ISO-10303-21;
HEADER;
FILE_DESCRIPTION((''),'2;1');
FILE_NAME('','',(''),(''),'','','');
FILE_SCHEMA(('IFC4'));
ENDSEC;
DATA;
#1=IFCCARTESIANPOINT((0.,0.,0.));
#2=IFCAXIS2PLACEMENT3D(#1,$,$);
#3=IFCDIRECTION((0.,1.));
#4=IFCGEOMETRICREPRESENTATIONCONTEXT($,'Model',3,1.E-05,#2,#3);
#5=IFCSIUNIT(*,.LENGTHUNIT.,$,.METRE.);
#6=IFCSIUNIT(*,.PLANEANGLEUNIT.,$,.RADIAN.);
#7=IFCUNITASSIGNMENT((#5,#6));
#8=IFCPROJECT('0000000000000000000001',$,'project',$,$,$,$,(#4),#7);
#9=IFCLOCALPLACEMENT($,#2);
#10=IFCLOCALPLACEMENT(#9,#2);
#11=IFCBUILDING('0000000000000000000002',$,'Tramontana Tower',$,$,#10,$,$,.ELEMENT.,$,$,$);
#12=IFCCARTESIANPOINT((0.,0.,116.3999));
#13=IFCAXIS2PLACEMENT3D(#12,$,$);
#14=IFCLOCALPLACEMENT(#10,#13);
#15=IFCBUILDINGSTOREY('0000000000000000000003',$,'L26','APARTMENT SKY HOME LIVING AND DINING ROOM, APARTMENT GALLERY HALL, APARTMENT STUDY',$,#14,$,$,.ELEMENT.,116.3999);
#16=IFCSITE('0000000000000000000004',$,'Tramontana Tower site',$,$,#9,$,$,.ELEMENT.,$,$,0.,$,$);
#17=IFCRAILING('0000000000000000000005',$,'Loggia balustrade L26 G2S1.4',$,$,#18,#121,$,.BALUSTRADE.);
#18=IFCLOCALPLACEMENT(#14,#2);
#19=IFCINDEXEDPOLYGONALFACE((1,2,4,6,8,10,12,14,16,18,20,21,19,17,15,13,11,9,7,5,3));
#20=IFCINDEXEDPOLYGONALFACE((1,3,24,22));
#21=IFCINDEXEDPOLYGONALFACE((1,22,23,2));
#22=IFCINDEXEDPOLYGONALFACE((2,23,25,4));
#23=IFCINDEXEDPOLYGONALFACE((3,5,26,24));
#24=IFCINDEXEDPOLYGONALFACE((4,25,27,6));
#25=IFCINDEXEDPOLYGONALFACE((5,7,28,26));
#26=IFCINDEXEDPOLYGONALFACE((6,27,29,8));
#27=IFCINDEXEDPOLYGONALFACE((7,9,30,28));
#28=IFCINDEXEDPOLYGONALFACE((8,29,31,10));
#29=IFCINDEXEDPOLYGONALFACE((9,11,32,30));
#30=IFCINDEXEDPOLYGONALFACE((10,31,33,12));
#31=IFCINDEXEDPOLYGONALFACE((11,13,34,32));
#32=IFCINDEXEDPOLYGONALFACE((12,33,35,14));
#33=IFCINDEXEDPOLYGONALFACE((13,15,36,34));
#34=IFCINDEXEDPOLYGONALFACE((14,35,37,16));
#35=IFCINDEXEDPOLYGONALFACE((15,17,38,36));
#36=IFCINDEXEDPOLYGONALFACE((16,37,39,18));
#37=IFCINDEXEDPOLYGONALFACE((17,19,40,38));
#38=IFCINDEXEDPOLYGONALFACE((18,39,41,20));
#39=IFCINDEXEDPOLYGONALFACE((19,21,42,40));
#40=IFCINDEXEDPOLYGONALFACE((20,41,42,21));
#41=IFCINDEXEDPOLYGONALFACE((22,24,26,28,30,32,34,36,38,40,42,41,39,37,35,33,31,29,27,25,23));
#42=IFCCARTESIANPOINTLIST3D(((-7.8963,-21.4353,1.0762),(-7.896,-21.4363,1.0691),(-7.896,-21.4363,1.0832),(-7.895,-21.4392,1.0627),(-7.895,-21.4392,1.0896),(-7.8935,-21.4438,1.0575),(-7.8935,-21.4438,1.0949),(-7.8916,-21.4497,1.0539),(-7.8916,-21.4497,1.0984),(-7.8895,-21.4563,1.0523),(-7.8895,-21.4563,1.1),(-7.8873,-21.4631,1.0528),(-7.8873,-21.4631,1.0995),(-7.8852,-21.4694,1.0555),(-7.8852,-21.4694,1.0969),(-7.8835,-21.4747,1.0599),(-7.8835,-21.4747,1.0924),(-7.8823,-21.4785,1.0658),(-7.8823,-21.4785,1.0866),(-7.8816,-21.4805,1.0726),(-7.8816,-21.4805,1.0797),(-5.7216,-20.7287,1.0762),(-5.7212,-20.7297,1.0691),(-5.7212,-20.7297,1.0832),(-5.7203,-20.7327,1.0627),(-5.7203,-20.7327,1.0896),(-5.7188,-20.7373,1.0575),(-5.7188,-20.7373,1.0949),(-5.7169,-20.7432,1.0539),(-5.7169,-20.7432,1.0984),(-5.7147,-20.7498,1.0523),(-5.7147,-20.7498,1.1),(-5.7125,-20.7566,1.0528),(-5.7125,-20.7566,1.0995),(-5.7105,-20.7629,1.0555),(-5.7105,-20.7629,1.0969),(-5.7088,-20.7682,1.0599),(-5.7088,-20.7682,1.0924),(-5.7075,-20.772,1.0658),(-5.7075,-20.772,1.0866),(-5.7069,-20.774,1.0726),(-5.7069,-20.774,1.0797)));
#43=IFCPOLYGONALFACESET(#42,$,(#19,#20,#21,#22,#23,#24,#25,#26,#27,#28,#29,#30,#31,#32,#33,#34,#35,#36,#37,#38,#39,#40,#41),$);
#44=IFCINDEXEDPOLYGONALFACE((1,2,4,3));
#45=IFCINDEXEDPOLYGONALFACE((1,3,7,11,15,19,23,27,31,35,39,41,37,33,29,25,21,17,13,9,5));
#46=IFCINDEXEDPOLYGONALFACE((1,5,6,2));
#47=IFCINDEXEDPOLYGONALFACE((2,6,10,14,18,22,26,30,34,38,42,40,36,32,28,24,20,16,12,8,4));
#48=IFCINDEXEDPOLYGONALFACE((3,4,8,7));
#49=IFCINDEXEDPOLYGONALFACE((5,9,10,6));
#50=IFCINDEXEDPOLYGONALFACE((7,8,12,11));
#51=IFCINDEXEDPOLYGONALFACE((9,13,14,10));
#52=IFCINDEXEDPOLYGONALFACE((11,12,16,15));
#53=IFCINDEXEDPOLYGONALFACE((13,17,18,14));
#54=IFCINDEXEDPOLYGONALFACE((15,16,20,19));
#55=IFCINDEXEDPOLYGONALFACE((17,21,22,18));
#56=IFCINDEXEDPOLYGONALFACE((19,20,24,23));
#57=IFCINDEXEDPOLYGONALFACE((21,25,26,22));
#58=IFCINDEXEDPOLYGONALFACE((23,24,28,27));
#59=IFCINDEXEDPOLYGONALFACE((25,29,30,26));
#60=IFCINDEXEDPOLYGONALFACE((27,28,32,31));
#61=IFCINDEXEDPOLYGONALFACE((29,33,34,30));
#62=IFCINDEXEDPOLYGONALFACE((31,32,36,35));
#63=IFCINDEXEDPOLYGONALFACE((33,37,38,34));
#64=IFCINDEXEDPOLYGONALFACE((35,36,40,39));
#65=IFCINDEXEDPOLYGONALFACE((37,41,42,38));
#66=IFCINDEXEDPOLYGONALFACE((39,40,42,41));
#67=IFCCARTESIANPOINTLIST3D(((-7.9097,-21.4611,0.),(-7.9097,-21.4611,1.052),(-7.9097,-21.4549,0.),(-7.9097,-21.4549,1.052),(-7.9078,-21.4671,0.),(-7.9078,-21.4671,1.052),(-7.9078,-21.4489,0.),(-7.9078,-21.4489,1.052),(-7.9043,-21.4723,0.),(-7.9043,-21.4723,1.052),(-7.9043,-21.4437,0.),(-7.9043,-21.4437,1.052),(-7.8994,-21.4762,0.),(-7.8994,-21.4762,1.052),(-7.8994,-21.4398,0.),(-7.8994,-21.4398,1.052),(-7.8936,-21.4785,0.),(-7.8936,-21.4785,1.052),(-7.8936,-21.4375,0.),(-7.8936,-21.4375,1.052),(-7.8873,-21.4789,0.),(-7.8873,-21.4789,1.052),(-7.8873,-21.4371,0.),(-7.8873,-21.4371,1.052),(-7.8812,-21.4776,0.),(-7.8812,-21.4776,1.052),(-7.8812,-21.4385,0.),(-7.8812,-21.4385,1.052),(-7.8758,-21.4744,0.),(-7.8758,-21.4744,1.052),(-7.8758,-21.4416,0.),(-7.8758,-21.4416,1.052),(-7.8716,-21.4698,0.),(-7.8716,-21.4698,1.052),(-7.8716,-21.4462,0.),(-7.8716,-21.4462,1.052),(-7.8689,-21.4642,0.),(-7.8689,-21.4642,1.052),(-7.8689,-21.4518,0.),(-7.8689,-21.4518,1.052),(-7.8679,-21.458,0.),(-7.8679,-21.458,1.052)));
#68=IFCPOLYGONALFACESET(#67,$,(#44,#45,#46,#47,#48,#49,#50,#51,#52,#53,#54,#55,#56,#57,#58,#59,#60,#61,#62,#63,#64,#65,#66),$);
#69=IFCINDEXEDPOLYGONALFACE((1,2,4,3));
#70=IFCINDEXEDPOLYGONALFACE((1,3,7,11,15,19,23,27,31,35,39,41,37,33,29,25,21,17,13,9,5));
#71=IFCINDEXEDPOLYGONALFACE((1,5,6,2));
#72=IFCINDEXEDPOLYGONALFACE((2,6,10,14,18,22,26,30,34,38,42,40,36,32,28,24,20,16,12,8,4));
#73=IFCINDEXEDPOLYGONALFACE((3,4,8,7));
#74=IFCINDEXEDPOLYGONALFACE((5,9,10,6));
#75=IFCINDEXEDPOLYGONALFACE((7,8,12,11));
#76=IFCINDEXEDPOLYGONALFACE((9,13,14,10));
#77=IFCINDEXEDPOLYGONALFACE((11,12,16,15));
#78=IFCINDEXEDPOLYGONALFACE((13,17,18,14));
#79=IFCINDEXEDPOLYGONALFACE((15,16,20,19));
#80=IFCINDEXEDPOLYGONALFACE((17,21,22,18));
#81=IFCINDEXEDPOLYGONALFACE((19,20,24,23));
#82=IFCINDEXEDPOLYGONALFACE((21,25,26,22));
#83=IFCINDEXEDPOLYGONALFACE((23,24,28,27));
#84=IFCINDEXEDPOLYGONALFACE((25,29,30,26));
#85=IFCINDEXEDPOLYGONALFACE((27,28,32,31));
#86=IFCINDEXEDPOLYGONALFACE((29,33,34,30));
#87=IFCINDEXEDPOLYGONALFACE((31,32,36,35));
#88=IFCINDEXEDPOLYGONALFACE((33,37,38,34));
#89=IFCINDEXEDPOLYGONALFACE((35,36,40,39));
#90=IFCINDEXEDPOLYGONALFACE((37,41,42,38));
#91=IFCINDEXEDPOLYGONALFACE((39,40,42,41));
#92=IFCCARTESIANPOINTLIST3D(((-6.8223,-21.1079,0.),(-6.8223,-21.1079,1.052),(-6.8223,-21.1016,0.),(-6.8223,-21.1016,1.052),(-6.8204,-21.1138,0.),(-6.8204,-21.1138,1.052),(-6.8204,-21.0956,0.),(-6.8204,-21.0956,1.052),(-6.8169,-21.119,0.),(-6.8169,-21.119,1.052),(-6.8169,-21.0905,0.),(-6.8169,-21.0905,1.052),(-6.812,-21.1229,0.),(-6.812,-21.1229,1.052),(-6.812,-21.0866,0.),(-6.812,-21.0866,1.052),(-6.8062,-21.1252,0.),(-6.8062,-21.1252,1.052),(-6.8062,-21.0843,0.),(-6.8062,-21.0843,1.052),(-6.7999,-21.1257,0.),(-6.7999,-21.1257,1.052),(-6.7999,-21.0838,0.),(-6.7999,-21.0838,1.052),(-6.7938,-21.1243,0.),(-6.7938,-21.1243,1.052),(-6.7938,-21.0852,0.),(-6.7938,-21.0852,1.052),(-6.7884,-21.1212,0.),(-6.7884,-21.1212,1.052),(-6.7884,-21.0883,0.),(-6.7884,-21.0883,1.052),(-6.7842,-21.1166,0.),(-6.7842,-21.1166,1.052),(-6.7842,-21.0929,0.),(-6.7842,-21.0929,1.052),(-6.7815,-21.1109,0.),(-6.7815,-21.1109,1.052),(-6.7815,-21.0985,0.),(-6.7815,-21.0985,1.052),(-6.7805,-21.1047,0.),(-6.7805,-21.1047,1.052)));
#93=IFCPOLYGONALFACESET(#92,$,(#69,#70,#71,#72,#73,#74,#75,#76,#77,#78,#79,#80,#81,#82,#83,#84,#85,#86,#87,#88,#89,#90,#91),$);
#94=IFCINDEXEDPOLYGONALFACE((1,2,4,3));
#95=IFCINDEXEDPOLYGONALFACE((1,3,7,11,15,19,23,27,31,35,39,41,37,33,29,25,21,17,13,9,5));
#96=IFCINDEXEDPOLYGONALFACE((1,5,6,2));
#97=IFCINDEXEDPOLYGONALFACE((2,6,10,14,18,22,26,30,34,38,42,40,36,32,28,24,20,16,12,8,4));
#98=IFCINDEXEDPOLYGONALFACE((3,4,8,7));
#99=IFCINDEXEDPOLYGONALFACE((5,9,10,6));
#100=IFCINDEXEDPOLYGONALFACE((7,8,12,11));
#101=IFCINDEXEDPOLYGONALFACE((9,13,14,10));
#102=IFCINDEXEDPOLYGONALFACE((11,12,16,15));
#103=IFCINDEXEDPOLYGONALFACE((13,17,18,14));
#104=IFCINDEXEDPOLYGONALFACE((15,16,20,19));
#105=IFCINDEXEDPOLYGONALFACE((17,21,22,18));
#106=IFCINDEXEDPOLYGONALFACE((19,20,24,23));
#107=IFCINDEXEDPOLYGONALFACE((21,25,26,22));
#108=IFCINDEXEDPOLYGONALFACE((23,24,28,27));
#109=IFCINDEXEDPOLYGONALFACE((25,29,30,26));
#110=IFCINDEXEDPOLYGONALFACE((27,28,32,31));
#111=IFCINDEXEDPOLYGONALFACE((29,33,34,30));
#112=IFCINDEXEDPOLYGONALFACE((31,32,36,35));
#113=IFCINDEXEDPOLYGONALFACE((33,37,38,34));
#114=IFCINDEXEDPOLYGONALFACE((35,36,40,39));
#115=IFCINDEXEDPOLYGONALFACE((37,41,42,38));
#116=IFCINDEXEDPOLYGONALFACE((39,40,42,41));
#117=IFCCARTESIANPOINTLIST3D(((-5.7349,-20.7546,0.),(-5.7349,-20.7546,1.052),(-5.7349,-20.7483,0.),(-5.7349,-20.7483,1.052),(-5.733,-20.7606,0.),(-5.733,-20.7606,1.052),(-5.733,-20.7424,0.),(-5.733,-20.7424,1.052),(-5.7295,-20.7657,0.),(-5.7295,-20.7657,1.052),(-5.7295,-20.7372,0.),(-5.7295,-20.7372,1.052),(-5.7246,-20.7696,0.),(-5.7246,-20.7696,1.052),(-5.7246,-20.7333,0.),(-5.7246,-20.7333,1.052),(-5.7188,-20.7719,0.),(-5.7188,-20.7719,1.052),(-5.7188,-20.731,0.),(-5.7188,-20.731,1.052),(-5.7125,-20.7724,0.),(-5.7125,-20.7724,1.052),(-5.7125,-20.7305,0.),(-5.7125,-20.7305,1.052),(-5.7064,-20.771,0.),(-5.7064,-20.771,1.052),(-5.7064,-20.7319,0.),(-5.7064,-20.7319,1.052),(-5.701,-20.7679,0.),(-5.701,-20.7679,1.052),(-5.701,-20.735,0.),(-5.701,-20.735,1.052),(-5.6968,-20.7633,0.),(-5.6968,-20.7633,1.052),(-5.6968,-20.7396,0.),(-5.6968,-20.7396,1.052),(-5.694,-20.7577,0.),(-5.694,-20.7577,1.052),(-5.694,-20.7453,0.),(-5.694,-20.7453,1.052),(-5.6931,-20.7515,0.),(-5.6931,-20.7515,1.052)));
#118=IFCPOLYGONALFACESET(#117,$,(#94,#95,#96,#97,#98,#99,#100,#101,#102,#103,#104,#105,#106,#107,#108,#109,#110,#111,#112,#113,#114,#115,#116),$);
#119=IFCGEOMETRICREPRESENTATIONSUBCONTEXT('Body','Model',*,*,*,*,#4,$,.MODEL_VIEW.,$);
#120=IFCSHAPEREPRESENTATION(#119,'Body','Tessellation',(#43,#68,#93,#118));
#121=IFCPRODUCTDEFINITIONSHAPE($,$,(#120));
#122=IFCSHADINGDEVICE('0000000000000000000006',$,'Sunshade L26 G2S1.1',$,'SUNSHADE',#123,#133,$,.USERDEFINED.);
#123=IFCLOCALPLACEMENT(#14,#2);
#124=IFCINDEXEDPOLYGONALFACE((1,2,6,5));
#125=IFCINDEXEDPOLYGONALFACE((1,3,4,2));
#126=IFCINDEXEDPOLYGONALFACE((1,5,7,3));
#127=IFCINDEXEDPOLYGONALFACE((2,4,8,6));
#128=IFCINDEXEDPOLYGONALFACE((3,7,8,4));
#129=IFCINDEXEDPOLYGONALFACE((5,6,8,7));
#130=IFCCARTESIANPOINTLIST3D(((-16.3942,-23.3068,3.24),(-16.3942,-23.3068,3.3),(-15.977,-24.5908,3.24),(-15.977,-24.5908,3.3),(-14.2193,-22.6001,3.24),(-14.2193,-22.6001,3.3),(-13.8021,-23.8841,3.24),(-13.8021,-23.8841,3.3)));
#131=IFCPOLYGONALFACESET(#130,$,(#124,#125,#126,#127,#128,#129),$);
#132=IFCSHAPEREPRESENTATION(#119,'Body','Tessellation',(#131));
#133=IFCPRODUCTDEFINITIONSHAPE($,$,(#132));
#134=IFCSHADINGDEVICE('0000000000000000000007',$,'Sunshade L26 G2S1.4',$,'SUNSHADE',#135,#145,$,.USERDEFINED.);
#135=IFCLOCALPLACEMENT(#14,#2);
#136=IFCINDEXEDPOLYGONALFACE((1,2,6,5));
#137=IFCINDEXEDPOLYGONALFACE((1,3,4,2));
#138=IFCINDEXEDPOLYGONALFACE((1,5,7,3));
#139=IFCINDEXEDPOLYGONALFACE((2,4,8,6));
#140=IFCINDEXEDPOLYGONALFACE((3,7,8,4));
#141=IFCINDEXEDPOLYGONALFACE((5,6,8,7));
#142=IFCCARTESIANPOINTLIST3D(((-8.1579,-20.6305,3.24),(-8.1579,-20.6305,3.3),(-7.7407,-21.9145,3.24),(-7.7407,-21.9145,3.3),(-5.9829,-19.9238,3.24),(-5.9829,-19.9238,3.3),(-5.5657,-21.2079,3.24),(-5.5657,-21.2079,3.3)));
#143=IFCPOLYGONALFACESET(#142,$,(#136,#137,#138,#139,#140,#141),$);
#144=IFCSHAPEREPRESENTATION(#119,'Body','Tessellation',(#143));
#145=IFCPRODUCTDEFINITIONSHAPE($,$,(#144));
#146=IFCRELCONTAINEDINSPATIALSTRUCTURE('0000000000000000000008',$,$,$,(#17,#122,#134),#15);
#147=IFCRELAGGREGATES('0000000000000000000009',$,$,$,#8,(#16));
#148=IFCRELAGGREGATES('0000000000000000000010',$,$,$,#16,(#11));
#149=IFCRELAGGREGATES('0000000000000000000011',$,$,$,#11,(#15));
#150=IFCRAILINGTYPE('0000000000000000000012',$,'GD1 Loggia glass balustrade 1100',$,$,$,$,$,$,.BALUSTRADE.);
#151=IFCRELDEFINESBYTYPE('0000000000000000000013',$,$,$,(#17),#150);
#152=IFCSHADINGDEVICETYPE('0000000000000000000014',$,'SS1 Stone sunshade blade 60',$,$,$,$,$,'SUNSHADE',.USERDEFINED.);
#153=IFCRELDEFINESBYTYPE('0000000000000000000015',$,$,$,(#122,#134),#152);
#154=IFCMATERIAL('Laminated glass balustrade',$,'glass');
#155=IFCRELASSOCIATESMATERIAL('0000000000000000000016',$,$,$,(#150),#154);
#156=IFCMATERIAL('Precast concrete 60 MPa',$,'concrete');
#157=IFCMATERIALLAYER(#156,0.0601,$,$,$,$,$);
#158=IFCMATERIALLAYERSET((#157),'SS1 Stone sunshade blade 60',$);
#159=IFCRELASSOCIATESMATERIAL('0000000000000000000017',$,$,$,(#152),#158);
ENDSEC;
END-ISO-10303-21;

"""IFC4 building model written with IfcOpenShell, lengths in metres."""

from ifc_helpers import new_model, si_unit, direction, frame, origin, origin_2d, place, context, subcontext, project, spatial, rectangle, circle, extrude, material, layer, layer_set, type_object, element, save


model = new_model("IFC4")

# Units and contexts
model_context = context("Model", 3, precision=1e-05, world=origin(), true_north=direction((0.0, 1.0)))
body_context = subcontext(model_context, "Body", "Model", "MODEL_VIEW")
ifc_project = project(units=[si_unit("LENGTHUNIT", "METRE"), si_unit("PLANEANGLEUNIT", "RADIAN")], contexts=[model_context])

# Site, building, storey
site_placement = place(None, origin())
site = spatial("IfcSite", under=ifc_project, at=site_placement, Name="Tramontana Tower site", CompositionType="ELEMENT", RefElevation=0.0)
building_placement = place(site_placement, origin())
building = spatial("IfcBuilding", under=site, at=building_placement, Name="Tramontana Tower", CompositionType="ELEMENT")
storey_placement = place(building_placement, frame((0.0, 0.0, 116.3999)))
storey = spatial("IfcBuildingStorey", under=building, at=storey_placement, Name="L26", Description="APARTMENT SKY HOME LIVING AND DINING ROOM, APARTMENT GALLERY HALL, APARTMENT STUDY", CompositionType="ELEMENT", Elevation=116.3999)

# Railing
ifc_material_1 = material(Name="Laminated glass balustrade", Category="glass")
railing_type = type_object("IfcRailingType", Name="GD1 Loggia glass balustrade 1100", PredefinedType="BALUSTRADE", material=ifc_material_1)
railing_placement = place(storey_placement, frame((-7.8889, -21.458, 0.0)))
element("IfcRailing", 1, at=railing_placement, inside=storey, type_object=railing_type, Name="Loggia balustrade L26 G2S1.4", PredefinedType="BALUSTRADE", context=body_context, shape_type="SweptSolid", body=[
    extrude(circle(Radius=0.0239, at=origin_2d()), frame((0.0, 0.0, 1.0762), z_axis=(0.951069, 0.30898, 0.0), x_axis=(-0.30898, 0.951069, 0.0)), (0.0, 0.0, 1.0), 2.2866),
    extrude(circle(Radius=0.021, at=origin_2d()), origin(), (0.0, 0.0, 1.0), 1.052),
    extrude(circle(Radius=0.021, at=origin_2d()), frame((1.0874, 0.3533, 0.0)), (0.0, 0.0, 1.0), 1.052),
    extrude(circle(Radius=0.021, at=origin_2d()), frame((2.1748, 0.7065, 0.0)), (0.0, 0.0, 1.0), 1.052),
])

# Shading devices
ifc_material_2 = material(Name="Precast concrete 60 MPa", Category="concrete")
ifc_layer_1 = layer(ifc_material_2, 0.0601)
ifc_layer_set_1 = layer_set([ifc_layer_1], Name="SS1 Stone sunshade blade 60")
shading_device_type = type_object("IfcShadingDeviceType", Name="SS1 Stone sunshade blade 60", ElementType="SUNSHADE", PredefinedType="USERDEFINED", material=ifc_layer_set_1)
for number, where, z_axis, x_axis, name in (
    (2, (-15.0981, -23.5955, 3.24), (0.0, 0.0, 1.0), (0.951057, 0.309017, 0.0), "Sunshade L26 G2S1.1"),
    (3, (-6.8618, -20.9192, 3.24), (0.0, 0.0, 1.0), (0.951057, 0.309017, 0.0), "Sunshade L26 G2S1.4"),
):
    element("IfcShadingDevice", number, at=place(storey_placement, frame(where, z_axis=z_axis, x_axis=x_axis)), inside=storey, type_object=shading_device_type, Name=name, ObjectType="SUNSHADE", PredefinedType="USERDEFINED", context=body_context, shape_type="SweptSolid", body=[
        extrude(rectangle(XDim=2.2869, YDim=1.3501, at=origin_2d()), origin(), (0.0, 0.0, 1.0), 0.0601),
    ])

save(model, "model.ifc")
